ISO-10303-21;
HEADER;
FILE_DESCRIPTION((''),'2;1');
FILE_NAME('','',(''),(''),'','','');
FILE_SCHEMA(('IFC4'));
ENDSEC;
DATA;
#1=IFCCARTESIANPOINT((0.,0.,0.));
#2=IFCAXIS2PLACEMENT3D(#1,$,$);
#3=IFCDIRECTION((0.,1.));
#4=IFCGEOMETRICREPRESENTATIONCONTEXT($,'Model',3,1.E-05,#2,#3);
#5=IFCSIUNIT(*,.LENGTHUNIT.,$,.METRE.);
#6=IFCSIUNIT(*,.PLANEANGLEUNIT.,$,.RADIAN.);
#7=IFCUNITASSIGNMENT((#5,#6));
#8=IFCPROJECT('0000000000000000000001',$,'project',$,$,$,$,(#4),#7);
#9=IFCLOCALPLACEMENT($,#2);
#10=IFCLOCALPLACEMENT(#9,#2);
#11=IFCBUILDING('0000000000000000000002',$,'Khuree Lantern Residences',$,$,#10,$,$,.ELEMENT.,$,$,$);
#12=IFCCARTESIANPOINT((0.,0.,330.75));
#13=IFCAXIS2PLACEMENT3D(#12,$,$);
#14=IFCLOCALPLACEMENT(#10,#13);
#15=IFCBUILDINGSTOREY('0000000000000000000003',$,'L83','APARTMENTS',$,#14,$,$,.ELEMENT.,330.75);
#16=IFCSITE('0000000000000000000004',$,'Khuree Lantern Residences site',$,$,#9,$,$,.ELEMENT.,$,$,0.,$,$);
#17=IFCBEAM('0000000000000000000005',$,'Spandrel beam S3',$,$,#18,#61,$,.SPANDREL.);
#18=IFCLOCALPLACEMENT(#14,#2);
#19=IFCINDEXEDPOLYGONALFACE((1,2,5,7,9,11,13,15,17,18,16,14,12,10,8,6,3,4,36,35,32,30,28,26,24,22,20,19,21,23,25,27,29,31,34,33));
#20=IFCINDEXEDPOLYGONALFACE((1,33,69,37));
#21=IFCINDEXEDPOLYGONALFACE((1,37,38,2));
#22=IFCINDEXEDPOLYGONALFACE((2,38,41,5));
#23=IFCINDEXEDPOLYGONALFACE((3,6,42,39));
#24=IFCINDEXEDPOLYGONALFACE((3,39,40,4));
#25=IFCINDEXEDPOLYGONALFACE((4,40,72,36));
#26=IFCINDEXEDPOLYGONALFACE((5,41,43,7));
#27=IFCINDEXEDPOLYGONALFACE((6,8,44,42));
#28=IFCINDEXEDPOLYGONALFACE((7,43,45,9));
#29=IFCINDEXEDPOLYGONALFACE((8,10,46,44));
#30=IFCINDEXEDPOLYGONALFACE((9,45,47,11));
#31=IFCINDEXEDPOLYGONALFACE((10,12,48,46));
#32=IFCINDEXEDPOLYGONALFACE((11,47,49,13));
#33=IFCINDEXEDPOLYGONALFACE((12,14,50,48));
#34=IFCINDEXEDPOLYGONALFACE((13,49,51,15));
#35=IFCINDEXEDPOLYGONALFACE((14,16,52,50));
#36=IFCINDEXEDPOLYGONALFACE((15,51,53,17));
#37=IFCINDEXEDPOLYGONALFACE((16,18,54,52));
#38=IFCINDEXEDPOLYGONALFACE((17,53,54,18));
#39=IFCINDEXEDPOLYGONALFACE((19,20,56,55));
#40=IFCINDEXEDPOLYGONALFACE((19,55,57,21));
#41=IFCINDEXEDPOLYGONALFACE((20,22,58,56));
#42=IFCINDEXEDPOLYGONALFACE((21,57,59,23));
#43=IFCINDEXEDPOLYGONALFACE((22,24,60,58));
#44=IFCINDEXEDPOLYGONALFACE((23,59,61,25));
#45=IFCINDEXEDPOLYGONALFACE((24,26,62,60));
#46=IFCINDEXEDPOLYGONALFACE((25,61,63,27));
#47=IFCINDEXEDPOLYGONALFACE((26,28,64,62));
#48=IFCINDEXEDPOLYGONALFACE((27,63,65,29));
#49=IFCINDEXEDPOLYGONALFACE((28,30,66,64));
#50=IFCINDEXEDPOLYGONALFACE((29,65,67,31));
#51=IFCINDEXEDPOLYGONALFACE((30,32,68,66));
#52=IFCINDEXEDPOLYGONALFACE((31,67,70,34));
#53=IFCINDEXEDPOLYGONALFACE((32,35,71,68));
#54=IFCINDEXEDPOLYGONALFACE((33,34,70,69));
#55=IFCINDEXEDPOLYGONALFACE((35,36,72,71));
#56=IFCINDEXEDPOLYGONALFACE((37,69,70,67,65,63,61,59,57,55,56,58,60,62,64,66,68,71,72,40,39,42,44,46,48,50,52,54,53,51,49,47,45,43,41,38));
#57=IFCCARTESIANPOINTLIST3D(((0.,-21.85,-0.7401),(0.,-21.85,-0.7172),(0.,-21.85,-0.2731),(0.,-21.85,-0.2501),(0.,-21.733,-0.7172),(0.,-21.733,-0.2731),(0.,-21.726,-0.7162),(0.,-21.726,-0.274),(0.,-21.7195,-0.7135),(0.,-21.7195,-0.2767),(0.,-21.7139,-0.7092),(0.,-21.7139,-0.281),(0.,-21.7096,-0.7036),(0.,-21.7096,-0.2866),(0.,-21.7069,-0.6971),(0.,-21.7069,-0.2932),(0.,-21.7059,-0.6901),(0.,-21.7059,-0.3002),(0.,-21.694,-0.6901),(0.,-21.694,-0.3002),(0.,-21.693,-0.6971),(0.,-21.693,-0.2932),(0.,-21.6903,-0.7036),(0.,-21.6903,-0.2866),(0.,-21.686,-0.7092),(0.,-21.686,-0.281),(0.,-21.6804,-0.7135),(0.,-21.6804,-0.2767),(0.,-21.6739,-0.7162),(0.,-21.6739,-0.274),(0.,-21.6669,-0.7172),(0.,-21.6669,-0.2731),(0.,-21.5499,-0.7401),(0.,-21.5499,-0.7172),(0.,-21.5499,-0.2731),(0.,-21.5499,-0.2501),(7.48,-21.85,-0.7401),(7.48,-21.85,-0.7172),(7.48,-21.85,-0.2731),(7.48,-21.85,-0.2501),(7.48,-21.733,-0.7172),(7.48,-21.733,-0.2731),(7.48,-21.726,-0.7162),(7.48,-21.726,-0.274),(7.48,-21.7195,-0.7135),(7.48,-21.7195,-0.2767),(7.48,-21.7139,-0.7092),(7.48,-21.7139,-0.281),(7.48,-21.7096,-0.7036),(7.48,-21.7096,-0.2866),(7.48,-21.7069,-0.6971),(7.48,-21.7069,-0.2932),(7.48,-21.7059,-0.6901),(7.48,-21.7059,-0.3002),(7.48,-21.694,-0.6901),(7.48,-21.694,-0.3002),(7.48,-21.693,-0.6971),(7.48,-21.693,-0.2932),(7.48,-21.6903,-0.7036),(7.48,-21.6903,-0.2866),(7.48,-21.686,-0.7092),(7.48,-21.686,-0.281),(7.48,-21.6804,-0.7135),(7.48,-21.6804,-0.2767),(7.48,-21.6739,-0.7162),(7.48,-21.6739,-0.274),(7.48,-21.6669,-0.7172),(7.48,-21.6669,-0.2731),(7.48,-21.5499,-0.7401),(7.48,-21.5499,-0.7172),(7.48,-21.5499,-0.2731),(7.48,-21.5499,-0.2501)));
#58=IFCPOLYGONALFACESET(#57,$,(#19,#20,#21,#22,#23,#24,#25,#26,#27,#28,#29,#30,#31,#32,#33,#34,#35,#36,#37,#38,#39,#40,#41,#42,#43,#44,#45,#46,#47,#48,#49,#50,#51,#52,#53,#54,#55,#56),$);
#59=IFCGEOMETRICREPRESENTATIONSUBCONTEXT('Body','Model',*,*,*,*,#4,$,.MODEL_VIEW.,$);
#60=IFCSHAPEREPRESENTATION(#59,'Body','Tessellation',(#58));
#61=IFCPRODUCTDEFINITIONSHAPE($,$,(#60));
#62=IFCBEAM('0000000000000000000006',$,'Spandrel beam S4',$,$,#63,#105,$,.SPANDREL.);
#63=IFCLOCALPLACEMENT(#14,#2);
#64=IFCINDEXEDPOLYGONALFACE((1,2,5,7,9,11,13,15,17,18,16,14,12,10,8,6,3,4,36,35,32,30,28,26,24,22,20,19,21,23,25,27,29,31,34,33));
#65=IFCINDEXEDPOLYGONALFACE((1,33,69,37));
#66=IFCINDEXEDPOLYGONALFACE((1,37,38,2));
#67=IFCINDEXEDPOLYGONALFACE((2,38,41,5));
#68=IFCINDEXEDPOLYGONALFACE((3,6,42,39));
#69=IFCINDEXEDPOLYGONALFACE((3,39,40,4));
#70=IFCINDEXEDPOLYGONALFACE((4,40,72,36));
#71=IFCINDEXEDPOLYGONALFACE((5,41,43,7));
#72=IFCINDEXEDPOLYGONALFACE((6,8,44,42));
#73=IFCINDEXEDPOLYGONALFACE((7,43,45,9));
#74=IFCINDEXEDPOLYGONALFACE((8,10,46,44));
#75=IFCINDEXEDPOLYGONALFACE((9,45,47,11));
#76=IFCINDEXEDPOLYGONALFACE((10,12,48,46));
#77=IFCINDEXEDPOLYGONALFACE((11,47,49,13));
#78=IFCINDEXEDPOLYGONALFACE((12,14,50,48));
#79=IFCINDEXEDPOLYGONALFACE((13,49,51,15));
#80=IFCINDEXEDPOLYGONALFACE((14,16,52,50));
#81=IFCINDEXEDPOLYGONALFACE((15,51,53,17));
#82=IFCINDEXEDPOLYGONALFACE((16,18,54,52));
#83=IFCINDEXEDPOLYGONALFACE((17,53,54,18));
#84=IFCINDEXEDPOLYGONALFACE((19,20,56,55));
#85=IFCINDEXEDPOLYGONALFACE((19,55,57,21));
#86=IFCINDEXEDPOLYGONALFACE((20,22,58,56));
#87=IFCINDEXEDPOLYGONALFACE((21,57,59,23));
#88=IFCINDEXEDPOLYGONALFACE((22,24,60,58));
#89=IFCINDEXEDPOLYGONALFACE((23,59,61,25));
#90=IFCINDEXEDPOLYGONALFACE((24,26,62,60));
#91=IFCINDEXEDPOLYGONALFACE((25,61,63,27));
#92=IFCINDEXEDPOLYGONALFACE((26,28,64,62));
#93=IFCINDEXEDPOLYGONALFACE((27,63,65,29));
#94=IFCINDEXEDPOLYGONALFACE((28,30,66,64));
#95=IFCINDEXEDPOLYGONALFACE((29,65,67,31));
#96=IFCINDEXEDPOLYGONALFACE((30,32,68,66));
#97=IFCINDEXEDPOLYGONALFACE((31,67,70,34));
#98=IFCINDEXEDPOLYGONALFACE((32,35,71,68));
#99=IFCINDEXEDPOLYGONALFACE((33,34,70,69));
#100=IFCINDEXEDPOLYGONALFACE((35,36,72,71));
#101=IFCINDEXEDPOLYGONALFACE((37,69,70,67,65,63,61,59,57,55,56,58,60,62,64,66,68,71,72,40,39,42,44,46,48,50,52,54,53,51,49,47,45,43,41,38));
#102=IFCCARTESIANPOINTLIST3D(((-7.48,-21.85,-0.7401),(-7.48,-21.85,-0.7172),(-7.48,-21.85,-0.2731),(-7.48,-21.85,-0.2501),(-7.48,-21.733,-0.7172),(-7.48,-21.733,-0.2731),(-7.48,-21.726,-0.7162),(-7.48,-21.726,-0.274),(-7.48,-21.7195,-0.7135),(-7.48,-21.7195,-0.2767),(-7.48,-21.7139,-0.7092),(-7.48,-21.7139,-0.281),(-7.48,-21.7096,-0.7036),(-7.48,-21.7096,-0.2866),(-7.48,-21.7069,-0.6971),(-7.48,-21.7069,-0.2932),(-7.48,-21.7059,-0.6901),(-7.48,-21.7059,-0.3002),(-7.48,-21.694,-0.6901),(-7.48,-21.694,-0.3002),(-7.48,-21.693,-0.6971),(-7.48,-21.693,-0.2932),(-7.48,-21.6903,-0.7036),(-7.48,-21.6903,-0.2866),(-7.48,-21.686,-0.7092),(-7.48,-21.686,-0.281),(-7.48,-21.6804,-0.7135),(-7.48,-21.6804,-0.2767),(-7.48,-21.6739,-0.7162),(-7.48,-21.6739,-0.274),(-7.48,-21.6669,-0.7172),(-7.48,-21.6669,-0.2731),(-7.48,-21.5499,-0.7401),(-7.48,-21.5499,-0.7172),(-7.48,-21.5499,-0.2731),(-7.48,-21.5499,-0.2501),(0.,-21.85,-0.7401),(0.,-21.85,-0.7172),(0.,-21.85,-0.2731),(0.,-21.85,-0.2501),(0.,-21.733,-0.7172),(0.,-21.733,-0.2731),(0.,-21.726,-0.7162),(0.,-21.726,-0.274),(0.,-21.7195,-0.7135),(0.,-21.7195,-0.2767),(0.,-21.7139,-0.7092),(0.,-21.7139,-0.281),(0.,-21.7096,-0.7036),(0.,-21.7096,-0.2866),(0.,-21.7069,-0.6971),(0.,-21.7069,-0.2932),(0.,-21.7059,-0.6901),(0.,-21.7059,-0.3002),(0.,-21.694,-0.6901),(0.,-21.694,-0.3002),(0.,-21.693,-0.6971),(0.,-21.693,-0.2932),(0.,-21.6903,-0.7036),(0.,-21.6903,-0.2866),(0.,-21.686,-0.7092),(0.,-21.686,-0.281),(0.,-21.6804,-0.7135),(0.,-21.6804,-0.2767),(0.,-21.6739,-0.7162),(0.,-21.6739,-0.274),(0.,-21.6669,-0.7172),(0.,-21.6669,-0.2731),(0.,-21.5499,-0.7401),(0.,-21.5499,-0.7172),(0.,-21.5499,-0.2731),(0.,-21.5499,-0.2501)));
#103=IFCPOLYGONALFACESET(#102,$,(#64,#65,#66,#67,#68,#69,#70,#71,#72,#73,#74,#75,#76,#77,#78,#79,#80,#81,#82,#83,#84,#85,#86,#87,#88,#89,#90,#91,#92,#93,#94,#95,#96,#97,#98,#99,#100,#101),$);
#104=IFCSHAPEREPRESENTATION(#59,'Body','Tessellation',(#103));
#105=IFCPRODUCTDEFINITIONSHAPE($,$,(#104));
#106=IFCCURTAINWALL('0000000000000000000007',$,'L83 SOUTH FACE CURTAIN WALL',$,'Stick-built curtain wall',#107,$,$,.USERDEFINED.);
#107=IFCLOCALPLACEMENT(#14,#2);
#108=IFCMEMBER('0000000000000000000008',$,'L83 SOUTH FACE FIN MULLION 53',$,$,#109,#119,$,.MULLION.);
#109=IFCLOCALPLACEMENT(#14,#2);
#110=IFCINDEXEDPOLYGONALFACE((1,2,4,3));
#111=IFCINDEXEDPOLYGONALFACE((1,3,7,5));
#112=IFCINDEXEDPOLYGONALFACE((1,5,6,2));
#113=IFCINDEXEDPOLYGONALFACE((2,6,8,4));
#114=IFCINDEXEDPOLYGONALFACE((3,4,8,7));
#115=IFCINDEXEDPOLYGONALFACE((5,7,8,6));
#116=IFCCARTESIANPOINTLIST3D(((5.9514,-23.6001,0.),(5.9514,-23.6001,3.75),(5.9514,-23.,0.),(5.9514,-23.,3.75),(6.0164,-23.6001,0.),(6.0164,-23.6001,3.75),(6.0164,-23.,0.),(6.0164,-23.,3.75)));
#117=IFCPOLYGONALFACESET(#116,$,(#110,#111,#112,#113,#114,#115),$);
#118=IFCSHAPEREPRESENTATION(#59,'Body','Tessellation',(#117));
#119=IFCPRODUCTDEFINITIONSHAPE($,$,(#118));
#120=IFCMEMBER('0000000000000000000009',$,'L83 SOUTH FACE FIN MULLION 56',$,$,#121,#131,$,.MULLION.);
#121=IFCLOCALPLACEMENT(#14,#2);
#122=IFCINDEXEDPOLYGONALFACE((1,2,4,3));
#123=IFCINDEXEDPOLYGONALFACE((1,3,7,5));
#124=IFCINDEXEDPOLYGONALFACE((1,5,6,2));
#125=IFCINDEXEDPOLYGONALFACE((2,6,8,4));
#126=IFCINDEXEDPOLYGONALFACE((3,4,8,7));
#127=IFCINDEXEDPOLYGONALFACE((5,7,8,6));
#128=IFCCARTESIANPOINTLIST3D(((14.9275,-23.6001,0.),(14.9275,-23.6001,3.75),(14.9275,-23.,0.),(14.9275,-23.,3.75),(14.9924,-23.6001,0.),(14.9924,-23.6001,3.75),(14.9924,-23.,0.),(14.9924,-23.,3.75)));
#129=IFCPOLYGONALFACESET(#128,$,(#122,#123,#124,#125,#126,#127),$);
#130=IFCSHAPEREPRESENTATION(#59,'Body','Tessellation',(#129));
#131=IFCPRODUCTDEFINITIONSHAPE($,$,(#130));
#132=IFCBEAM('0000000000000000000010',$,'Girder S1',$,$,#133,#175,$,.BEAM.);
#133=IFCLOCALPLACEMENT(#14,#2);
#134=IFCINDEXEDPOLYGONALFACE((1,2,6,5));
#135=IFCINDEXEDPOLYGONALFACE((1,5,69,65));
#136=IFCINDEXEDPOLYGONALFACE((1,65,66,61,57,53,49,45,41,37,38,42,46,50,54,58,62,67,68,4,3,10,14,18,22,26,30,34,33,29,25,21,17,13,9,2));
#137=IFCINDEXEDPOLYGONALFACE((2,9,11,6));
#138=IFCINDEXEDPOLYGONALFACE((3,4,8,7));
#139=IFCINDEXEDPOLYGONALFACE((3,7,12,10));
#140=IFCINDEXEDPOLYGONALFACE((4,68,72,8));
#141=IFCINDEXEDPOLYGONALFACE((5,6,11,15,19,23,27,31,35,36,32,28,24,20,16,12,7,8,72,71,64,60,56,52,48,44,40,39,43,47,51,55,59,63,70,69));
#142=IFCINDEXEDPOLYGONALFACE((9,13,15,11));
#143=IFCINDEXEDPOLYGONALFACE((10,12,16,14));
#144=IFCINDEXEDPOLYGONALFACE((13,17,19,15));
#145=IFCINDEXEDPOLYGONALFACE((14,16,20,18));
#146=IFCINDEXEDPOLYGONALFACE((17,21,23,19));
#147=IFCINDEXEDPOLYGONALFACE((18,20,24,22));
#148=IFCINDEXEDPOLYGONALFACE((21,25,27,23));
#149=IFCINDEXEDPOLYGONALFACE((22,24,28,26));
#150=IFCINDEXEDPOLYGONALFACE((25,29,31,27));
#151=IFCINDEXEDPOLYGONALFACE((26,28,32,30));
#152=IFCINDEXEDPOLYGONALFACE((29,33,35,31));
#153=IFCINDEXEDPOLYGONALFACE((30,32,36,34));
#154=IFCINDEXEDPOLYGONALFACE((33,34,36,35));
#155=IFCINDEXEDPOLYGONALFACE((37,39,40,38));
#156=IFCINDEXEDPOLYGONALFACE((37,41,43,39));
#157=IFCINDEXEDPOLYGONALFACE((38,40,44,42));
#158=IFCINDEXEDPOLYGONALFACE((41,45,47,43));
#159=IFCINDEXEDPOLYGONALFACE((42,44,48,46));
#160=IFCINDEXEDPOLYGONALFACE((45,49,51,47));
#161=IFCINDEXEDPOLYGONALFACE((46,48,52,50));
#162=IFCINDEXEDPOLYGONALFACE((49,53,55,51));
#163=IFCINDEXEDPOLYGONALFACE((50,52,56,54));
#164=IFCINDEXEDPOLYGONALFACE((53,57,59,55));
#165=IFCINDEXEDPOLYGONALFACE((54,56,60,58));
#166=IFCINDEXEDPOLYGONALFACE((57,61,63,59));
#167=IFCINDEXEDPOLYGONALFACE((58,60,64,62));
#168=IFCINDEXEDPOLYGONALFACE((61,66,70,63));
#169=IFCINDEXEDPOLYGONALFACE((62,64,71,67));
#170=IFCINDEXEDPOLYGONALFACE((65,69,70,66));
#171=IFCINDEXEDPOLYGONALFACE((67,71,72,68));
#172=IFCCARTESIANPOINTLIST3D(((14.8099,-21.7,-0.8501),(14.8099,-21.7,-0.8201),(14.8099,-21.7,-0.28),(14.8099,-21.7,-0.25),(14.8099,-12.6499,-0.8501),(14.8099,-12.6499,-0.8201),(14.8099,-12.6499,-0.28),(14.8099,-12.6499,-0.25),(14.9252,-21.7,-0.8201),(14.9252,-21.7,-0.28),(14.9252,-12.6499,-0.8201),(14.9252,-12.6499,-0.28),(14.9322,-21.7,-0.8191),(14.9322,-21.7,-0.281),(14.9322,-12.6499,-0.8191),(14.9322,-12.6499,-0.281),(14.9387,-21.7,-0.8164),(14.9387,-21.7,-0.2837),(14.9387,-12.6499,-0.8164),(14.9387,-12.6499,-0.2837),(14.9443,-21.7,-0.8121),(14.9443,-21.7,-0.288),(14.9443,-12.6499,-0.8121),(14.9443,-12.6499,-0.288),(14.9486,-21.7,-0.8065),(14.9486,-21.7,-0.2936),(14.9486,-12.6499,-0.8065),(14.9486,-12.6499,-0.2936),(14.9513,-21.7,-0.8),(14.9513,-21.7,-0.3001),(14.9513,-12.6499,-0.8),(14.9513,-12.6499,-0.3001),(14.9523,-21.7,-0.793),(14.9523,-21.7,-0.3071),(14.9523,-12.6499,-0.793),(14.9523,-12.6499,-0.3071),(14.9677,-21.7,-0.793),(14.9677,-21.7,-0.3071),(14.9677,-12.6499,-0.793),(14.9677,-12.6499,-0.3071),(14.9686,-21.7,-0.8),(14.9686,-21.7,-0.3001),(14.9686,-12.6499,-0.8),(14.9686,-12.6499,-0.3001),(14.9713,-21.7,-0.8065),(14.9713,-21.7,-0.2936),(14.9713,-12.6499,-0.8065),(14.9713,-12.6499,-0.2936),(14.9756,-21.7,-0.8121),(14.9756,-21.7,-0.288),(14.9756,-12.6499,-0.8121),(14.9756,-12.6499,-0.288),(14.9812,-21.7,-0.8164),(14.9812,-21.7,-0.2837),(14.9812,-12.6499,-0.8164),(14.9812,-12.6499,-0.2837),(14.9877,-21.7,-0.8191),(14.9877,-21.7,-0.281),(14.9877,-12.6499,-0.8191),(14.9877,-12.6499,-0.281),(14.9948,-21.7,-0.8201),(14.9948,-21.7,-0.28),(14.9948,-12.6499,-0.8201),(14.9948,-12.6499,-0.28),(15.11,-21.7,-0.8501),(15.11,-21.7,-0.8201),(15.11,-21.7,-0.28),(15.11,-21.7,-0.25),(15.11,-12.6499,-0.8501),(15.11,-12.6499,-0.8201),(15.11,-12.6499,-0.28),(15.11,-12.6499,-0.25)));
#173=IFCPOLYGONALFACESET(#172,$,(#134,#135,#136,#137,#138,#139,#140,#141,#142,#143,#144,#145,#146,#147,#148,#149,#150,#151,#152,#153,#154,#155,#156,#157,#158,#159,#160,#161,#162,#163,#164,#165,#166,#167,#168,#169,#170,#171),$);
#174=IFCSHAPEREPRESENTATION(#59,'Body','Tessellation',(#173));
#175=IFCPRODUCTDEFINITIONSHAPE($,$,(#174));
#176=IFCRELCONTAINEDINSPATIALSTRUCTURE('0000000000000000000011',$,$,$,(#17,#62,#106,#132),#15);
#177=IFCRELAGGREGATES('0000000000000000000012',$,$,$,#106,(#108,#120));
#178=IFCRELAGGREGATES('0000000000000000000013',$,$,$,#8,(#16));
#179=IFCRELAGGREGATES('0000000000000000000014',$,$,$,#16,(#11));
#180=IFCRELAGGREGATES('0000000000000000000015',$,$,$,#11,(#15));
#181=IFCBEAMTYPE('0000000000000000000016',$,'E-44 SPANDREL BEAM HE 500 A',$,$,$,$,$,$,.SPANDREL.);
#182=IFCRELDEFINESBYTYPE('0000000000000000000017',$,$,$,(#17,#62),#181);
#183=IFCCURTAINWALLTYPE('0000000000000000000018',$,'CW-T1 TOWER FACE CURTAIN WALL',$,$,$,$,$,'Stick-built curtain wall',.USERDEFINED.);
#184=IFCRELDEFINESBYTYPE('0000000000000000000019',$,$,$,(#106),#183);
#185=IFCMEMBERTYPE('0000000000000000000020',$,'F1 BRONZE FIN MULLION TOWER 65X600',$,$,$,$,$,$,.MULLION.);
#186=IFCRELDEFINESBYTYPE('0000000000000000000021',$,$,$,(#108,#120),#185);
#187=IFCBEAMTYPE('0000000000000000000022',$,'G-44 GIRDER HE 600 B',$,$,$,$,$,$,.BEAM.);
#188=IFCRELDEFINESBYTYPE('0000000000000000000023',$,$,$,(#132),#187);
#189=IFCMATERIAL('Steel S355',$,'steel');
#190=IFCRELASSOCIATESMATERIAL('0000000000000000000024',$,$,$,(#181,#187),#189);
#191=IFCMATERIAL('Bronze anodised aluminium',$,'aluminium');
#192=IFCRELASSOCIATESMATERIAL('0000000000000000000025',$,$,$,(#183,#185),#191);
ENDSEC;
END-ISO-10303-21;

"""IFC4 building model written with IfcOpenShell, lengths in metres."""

from ifc_helpers import new_model, si_unit, direction, frame, origin, origin_2d, place, context, subcontext, project, spatial, rectangle, i_section, extrude, material, material_profile, profile_set, type_object, element, aggregate, save


model = new_model("IFC4")

# Units and contexts
model_context = context("Model", 3, precision=1e-05, world=origin(), true_north=direction((0.0, 1.0)))
body_context = subcontext(model_context, "Body", "Model", "MODEL_VIEW")
ifc_project = project(units=[si_unit("LENGTHUNIT", "METRE"), si_unit("PLANEANGLEUNIT", "RADIAN")], contexts=[model_context])

# Site, building, storey
site_placement = place(None, origin())
site = spatial("IfcSite", under=ifc_project, at=site_placement, Name="Khuree Lantern Residences site", CompositionType="ELEMENT", RefElevation=0.0)
building_placement = place(site_placement, origin())
building = spatial("IfcBuilding", under=site, at=building_placement, Name="Khuree Lantern Residences", CompositionType="ELEMENT")
storey_placement = place(building_placement, frame((0.0, 0.0, 330.75)))
storey = spatial("IfcBuildingStorey", under=building, at=storey_placement, Name="L83", Description="APARTMENTS", CompositionType="ELEMENT", Elevation=330.75)

# Beams
ifc_material_1 = material(Name="Steel S355", Category="steel")
ifc_material_profile_1 = material_profile(ifc_material_1, i_section(OverallWidth=0.3, OverallDepth=0.49, WebThickness=0.012, FlangeThickness=0.0229, FilletRadius=0.0271, at=origin_2d()), Name="HE 500 A")
ifc_profile_set_1 = profile_set([ifc_material_profile_1], Name="Steel S355")
beam_type_1 = type_object("IfcBeamType", Name="E-44 SPANDREL BEAM HE 500 A", PredefinedType="SPANDREL", material=ifc_profile_set_1)
for number, where, z_axis, x_axis, name in (
    (1, (7.48, -21.7, -0.4951), (-1.0, 0.0, 0.0), (0.0, -1.0, 0.0), "Spandrel beam S3"),
    (2, (0.0, -21.7, -0.4951), (-1.0, 0.0, 0.0), (0.0, -1.0, 0.0), "Spandrel beam S4"),
):
    element("IfcBeam", number, at=place(storey_placement, frame(where, z_axis=z_axis, x_axis=x_axis)), inside=storey, type_object=beam_type_1, Name=name, PredefinedType="SPANDREL", context=body_context, shape_type="SweptSolid", body=[
        extrude(i_section(OverallWidth=0.3, OverallDepth=0.49, WebThickness=0.012, FlangeThickness=0.0229, FilletRadius=0.0271, at=origin_2d()), origin(), (0.0, 0.0, 1.0), 7.48),
    ])

# Curtain wall, members
ifc_material_2 = material(Name="Bronze anodised aluminium", Category="aluminium")
curtain_wall_type = type_object("IfcCurtainWallType", Name="CW-T1 TOWER FACE CURTAIN WALL", ElementType="Stick-built curtain wall", PredefinedType="USERDEFINED", material=ifc_material_2)
curtain_wall_placement = place(storey_placement, origin())
curtain_wall = element("IfcCurtainWall", 3, at=curtain_wall_placement, inside=storey, type_object=curtain_wall_type, Name="L83 SOUTH FACE CURTAIN WALL", ObjectType="Stick-built curtain wall", PredefinedType="USERDEFINED")
ifc_material_profile_2 = material_profile(ifc_material_2, rectangle(XDim=0.0649, YDim=0.6001, at=origin_2d()), Name="F1 65X600")
ifc_profile_set_2 = profile_set([ifc_material_profile_2], Name="Bronze anodised aluminium")
member_type_1 = type_object("IfcMemberType", Name="F1 BRONZE FIN MULLION TOWER 65X600", PredefinedType="MULLION", material=ifc_profile_set_2)
member_1_placement = place(storey_placement, frame((5.9839, -23.3, 0.0), z_axis=(0.0, 0.0, 1.0), x_axis=(1.0, 0.0, 0.0)))
member_1 = element("IfcMember", 4, at=member_1_placement, type_object=member_type_1, Name="L83 SOUTH FACE FIN MULLION 53", PredefinedType="MULLION", context=body_context, shape_type="SweptSolid", body=[
    extrude(rectangle(XDim=0.0649, YDim=0.6001, at=origin_2d()), origin(), (0.0, 0.0, 1.0), 3.75),
])
member_2_placement = place(storey_placement, frame((14.96, -23.3, 0.0), z_axis=(0.0, 0.0, 1.0), x_axis=(1.0, 0.0, 0.0)))
member_2 = element("IfcMember", 5, at=member_2_placement, type_object=member_type_1, Name="L83 SOUTH FACE FIN MULLION 56", PredefinedType="MULLION", context=body_context, shape_type="SweptSolid", body=[
    extrude(rectangle(XDim=0.0649, YDim=0.6001, at=origin_2d()), origin(), (0.0, 0.0, 1.0), 3.75),
])

# Beam
ifc_material_profile_3 = material_profile(ifc_material_1, i_section(OverallWidth=0.3, OverallDepth=0.6001, WebThickness=0.0154, FlangeThickness=0.03, FilletRadius=0.0271, at=origin_2d()), Name="HE 600 B")
ifc_profile_set_3 = profile_set([ifc_material_profile_3], Name="Steel S355")
beam_type_2 = type_object("IfcBeamType", Name="G-44 GIRDER HE 600 B", PredefinedType="BEAM", material=ifc_profile_set_3)
for number, where, z_axis, x_axis, name in (
    (6, (14.96, -21.7, -0.55), (0.0, 1.0, 0.0), (-1.0, 0.0, 0.0), "Girder S1"),
):
    element("IfcBeam", number, at=place(storey_placement, frame(where, z_axis=z_axis, x_axis=x_axis)), inside=storey, type_object=beam_type_2, Name=name, PredefinedType="BEAM", context=body_context, shape_type="SweptSolid", body=[
        extrude(i_section(OverallWidth=0.3, OverallDepth=0.6001, WebThickness=0.0154, FlangeThickness=0.03, FilletRadius=0.0271, at=origin_2d()), origin(), (0.0, 0.0, 1.0), 9.05),
    ])

aggregate(curtain_wall, [member_1, member_2])

save(model, "model.ifc")
